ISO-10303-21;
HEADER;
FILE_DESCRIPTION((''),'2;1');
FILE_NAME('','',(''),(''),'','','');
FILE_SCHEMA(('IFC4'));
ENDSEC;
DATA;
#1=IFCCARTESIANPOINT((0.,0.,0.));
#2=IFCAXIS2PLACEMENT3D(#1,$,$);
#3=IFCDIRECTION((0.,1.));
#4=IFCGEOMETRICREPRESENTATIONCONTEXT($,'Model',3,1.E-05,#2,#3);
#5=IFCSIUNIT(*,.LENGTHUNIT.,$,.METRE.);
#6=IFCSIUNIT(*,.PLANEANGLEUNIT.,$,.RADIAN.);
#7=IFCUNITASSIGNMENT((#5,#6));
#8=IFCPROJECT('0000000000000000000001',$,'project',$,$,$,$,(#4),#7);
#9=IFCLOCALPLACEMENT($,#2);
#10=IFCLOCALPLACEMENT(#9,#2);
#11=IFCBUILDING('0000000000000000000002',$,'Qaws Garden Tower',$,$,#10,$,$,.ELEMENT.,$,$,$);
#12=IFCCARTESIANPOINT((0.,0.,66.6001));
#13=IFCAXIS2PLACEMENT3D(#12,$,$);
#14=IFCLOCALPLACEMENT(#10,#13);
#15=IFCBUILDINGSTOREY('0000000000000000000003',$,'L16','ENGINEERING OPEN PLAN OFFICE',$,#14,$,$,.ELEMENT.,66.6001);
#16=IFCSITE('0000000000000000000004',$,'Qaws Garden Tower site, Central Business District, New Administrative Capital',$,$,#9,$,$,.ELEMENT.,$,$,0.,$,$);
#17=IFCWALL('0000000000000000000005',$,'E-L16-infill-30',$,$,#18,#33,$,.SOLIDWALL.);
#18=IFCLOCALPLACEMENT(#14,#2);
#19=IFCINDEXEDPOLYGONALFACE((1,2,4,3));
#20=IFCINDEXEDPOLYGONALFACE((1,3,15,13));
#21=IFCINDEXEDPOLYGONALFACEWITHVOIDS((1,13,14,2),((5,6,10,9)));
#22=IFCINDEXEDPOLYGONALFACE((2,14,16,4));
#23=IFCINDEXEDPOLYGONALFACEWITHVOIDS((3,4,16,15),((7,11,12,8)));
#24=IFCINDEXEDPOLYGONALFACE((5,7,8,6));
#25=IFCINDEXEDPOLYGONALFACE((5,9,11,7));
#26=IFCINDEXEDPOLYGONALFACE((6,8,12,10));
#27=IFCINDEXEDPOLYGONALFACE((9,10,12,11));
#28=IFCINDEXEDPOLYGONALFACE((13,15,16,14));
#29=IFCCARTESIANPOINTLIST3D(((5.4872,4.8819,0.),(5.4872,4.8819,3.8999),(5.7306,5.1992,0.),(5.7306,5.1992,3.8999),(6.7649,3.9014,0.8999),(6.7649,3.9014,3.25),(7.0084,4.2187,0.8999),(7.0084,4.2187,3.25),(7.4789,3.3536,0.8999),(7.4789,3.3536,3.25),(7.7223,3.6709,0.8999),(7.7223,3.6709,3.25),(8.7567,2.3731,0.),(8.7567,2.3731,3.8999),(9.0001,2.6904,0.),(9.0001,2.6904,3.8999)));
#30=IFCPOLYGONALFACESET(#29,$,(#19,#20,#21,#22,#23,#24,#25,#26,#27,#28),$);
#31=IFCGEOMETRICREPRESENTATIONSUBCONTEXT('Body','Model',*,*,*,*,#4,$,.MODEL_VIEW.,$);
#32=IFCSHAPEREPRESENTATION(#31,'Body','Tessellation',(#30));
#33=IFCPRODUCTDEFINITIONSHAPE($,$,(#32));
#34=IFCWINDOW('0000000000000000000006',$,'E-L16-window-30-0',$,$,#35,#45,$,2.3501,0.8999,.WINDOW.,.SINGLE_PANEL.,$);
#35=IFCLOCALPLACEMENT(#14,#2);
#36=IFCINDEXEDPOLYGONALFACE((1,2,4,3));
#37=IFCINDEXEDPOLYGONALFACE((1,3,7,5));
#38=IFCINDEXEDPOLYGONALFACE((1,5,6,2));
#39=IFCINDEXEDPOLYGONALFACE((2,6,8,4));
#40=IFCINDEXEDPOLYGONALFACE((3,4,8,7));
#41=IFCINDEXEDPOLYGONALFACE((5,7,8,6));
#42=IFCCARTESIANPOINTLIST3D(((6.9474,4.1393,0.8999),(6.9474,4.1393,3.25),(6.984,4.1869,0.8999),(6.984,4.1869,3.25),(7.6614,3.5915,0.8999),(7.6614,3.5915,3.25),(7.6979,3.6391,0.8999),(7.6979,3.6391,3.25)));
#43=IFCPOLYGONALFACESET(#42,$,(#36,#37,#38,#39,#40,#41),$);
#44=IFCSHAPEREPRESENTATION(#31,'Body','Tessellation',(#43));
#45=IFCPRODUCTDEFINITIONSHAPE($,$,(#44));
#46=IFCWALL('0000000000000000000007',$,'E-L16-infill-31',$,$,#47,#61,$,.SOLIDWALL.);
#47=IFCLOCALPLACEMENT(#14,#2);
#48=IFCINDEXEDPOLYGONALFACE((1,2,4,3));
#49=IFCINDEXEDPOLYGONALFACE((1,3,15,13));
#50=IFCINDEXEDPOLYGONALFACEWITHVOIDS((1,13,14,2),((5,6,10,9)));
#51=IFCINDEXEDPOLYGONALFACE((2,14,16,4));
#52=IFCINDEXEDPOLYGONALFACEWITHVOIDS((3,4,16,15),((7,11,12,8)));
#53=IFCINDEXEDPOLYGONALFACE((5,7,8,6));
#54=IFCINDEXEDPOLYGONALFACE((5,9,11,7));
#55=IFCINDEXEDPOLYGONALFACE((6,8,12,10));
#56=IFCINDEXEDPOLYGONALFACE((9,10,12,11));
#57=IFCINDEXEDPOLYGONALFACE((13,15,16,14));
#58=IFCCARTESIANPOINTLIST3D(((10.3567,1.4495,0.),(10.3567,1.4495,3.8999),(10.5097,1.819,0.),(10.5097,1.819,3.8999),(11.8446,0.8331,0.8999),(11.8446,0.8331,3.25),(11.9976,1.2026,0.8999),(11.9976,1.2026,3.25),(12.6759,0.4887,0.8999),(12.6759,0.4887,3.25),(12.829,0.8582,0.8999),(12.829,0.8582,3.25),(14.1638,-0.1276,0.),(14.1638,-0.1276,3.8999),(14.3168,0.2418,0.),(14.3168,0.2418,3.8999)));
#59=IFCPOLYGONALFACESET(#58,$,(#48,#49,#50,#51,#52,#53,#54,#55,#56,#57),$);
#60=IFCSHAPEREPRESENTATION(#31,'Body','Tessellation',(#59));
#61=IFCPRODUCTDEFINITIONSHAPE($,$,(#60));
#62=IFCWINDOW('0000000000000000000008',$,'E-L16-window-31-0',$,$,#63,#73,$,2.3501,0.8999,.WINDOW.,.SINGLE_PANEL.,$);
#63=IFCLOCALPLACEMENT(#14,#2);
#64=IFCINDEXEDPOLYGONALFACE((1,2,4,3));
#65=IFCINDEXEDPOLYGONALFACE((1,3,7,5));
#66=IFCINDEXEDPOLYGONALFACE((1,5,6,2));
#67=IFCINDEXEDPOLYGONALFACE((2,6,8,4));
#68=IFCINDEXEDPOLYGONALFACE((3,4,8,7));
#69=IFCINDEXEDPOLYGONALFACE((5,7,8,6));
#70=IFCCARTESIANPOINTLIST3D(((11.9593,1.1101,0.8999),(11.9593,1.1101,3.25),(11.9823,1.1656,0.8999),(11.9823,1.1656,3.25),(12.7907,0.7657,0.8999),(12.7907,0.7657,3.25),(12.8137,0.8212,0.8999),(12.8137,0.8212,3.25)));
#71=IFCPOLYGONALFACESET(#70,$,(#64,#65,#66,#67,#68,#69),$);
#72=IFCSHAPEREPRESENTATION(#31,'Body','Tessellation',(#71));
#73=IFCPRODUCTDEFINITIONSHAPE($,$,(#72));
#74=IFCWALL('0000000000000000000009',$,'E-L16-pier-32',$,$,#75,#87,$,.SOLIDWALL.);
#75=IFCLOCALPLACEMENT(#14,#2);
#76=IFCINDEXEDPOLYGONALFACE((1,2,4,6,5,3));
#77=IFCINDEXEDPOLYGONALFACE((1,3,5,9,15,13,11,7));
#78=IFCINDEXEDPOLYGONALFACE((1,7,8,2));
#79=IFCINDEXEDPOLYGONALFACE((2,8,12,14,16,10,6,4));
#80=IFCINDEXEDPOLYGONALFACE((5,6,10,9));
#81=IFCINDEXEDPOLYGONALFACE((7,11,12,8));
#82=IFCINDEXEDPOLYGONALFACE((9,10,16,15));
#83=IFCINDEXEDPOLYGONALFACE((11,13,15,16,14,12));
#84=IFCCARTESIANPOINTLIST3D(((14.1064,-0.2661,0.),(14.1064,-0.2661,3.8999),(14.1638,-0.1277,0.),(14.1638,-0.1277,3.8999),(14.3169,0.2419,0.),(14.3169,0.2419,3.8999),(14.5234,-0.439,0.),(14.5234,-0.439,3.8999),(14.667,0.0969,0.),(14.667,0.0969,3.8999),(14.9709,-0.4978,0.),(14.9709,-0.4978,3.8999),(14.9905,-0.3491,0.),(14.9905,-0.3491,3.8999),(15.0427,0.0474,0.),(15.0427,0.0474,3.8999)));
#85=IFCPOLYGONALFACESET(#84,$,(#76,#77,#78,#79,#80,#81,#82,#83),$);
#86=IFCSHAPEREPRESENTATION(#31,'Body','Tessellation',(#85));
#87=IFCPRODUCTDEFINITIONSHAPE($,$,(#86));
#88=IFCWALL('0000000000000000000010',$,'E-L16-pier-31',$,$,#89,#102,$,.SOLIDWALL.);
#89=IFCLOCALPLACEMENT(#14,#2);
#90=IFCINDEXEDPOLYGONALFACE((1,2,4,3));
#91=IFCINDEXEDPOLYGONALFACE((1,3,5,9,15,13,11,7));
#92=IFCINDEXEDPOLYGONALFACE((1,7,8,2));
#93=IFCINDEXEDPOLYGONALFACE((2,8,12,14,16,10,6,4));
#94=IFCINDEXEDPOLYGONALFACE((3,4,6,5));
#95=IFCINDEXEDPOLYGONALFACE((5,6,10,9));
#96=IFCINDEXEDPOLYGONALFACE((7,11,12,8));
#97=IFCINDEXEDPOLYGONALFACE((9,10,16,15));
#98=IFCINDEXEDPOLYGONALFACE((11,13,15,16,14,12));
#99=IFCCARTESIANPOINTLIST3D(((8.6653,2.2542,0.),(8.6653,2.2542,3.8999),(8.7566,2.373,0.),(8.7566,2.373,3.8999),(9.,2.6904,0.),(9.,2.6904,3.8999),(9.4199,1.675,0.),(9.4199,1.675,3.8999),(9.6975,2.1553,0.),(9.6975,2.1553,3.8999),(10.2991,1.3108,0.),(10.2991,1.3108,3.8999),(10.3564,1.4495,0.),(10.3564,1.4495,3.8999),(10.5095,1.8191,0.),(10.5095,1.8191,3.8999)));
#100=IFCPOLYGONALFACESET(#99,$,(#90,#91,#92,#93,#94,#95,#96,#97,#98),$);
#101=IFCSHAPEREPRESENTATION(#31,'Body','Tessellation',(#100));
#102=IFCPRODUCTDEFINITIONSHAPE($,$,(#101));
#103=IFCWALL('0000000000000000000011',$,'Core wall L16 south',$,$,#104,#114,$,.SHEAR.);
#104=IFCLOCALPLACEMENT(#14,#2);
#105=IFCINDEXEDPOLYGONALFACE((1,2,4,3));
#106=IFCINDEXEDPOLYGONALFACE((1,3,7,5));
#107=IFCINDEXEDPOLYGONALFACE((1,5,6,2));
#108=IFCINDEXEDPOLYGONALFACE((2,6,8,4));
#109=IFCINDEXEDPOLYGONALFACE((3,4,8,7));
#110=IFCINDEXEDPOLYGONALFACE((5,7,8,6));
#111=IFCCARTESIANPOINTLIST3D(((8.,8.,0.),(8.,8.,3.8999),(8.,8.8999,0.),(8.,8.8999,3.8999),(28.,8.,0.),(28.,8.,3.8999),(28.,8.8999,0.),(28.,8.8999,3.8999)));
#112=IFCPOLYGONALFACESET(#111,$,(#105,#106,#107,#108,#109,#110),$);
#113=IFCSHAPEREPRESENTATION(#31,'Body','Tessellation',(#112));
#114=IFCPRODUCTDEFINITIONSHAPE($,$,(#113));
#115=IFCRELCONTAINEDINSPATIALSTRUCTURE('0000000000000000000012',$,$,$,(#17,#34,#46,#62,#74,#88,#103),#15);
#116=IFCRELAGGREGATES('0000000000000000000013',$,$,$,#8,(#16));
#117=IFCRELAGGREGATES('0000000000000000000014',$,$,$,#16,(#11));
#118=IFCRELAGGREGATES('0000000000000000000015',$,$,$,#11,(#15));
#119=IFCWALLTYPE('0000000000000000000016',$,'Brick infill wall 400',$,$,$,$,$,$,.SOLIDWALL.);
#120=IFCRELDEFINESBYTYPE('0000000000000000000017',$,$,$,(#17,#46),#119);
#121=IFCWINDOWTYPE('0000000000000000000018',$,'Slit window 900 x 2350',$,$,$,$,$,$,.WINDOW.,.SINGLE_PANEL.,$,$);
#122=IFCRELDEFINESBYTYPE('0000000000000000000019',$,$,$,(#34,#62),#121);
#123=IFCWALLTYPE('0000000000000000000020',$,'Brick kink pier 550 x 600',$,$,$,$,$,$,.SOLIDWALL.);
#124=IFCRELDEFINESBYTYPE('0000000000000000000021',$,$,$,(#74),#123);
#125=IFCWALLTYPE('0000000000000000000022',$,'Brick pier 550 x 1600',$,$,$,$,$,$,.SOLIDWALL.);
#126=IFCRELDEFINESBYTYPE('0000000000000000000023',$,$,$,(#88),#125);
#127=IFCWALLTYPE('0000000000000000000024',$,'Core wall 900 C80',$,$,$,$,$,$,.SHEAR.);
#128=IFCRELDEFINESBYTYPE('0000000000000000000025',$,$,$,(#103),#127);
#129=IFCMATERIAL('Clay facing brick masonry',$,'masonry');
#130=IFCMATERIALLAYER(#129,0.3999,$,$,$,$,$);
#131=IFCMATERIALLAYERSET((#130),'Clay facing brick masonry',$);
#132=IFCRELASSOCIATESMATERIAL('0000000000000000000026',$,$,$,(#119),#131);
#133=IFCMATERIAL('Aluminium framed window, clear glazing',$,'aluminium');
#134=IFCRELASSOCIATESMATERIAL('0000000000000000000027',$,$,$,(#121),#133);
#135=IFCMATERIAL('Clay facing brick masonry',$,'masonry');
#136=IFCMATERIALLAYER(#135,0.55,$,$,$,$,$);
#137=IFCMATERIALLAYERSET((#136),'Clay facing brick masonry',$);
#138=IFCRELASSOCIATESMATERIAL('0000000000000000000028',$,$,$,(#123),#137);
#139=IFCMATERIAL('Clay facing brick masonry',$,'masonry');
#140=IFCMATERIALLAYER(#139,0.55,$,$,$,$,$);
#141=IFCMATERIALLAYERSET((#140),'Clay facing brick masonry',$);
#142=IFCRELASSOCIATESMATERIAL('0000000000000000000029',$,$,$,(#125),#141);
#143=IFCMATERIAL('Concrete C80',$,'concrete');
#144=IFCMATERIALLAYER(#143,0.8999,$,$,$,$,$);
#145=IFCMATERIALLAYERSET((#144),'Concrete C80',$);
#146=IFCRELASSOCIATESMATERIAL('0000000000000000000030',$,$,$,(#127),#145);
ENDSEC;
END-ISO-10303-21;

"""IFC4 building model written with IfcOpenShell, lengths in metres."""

from ifc_helpers import new_model, si_unit, direction, frame, frame_2d, origin, place, context, subcontext, project, spatial, polyline, rectangle, outline, extrude, material, layer, layer_set, type_object, element, fill, save


model = new_model("IFC4")

# Units and contexts
model_context = context("Model", 3, precision=1e-05, world=origin(), true_north=direction((0.0, 1.0)))
body_context = subcontext(model_context, "Body", "Model", "MODEL_VIEW")
ifc_project = project(units=[si_unit("LENGTHUNIT", "METRE"), si_unit("PLANEANGLEUNIT", "RADIAN")], contexts=[model_context])

# Site, building, storey
site_placement = place(None, origin())
site = spatial("IfcSite", under=ifc_project, at=site_placement, Name="Qaws Garden Tower site, Central Business District, New Administrative Capital", CompositionType="ELEMENT", RefElevation=0.0)
building_placement = place(site_placement, origin())
building = spatial("IfcBuilding", under=site, at=building_placement, Name="Qaws Garden Tower", CompositionType="ELEMENT")
storey_placement = place(building_placement, frame((0.0, 0.0, 66.6001)))
storey = spatial("IfcBuildingStorey", under=building, at=storey_placement, Name="L16", Description="ENGINEERING OPEN PLAN OFFICE", CompositionType="ELEMENT", Elevation=66.6001)

# Shared definitions
placement_1 = place(storey_placement, origin())

# Walls, openings, windows
ifc_material_1 = material(Name="Clay facing brick masonry", Category="masonry")
ifc_layer_1 = layer(ifc_material_1, 0.3999)
ifc_layer_set_1 = layer_set([ifc_layer_1], Name="Clay facing brick masonry")
wall_type_1 = type_object("IfcWallType", Name="Brick infill wall 400", PredefinedType="SOLIDWALL", material=ifc_layer_set_1)
ifc_material_2 = material(Name="Aluminium framed window, clear glazing", Category="aluminium")
window_type = type_object("IfcWindowType", Name="Slit window 900 x 2350", PartitioningType="SINGLE_PANEL", PredefinedType="WINDOW", material=ifc_material_2)
wall_1_placement = place(storey_placement, frame((5.6089, 5.0405, 0.0), z_axis=(0.0, 0.0, 1.0), x_axis=(0.793355, -0.60876, 0.0)))
wall_1 = element("IfcWall", 1, at=wall_1_placement, inside=storey, type_object=wall_type_1, Name="E-L16-infill-30", PredefinedType="SOLIDWALL", context=body_context, shape_type="SweptSolid", body=[
    extrude(rectangle(XDim=4.1211, YDim=0.3999, at=frame_2d((2.0605, 0.0))), origin(), (0.0, 0.0, 1.0), 3.8999),
])
opening_1_placement = place(wall_1_placement, frame((1.6106, 0.0, 0.8999)))
opening_1 = element("IfcOpeningElement", 2, at=opening_1_placement, cuts=wall_1, PredefinedType="OPENING", context=body_context, shape_type="SweptSolid", body=[
    extrude(rectangle(XDim=0.8999, YDim=2.3501, at=frame_2d((0.45, 1.175))), frame((0.0, 0.21, 0.0), z_axis=(0.0, -1.0, 0.0), x_axis=(1.0, 0.0, 0.0)), (0.0, 0.0, 1.0), 0.4199),
])
window_1_placement = place(opening_1_placement, origin())
window_1 = element("IfcWindow", 3, at=window_1_placement, inside=storey, type_object=window_type, Name="E-L16-window-30-0", OverallHeight=2.3501, OverallWidth=0.8999, PartitioningType="SINGLE_PANEL", PredefinedType="WINDOW", context=body_context, shape_type="SweptSolid", body=[
    extrude(rectangle(XDim=0.8999, YDim=2.3501, at=frame_2d((0.45, 1.175))), frame((0.0, 0.1599, 0.0), z_axis=(0.0, -1.0, 0.0), x_axis=(1.0, 0.0, 0.0)), (0.0, 0.0, 1.0), 0.0601),
])
fill(opening_1, window_1)
wall_2_placement = place(storey_placement, frame((10.4331, 1.6343, 0.0), z_axis=(0.0, 0.0, 1.0), x_axis=(0.923864, -0.382722, 0.0)))
wall_2 = element("IfcWall", 4, at=wall_2_placement, inside=storey, type_object=wall_type_1, Name="E-L16-infill-31", PredefinedType="SOLIDWALL", context=body_context, shape_type="SweptSolid", body=[
    extrude(rectangle(XDim=4.1208, YDim=0.3999, at=frame_2d((2.0605, 0.0))), origin(), (0.0, 0.0, 1.0), 3.8999),
])
opening_2_placement = place(wall_2_placement, frame((1.6106, 0.0, 0.8999)))
opening_2 = element("IfcOpeningElement", 5, at=opening_2_placement, cuts=wall_2, PredefinedType="OPENING", context=body_context, shape_type="SweptSolid", body=[
    extrude(rectangle(XDim=0.8999, YDim=2.3501, at=frame_2d((0.45, 1.175))), frame((0.0, 0.21, 0.0), z_axis=(0.0, -1.0, 0.0), x_axis=(1.0, 0.0, 0.0)), (0.0, 0.0, 1.0), 0.4199),
])
window_2_placement = place(opening_2_placement, origin())
window_2 = element("IfcWindow", 6, at=window_2_placement, inside=storey, type_object=window_type, Name="E-L16-window-31-0", OverallHeight=2.3501, OverallWidth=0.8999, PartitioningType="SINGLE_PANEL", PredefinedType="WINDOW", context=body_context, shape_type="SweptSolid", body=[
    extrude(rectangle(XDim=0.8999, YDim=2.3501, at=frame_2d((0.45, 1.175))), frame((0.0, 0.1599, 0.0), z_axis=(0.0, -1.0, 0.0), x_axis=(1.0, 0.0, 0.0)), (0.0, 0.0, 1.0), 0.0601),
])
fill(opening_2, window_2)

# Walls
ifc_material_3 = material(Name="Clay facing brick masonry", Category="masonry")
ifc_layer_2 = layer(ifc_material_3, 0.55)
ifc_layer_set_2 = layer_set([ifc_layer_2], Name="Clay facing brick masonry")
wall_type_2 = type_object("IfcWallType", Name="Brick kink pier 550 x 600", PredefinedType="SOLIDWALL", material=ifc_layer_set_2)
element("IfcWall", 7, at=placement_1, inside=storey, type_object=wall_type_2, Name="E-L16-pier-32", PredefinedType="SOLIDWALL", context=body_context, shape_type="SweptSolid", body=[
    extrude(outline(polyline([(14.1638, -0.1277), (14.1064, -0.2661), (14.5234, -0.439), (14.9709, -0.4978), (14.9905, -0.3491), (15.0427, 0.0474), (14.667, 0.0969), (14.3169, 0.2419), (14.1638, -0.1277)])), origin(), (0.0, 0.0, 1.0), 3.8999),
])
ifc_material_4 = material(Name="Clay facing brick masonry", Category="masonry")
ifc_layer_3 = layer(ifc_material_4, 0.55)
ifc_layer_set_3 = layer_set([ifc_layer_3], Name="Clay facing brick masonry")
wall_type_3 = type_object("IfcWallType", Name="Brick pier 550 x 1600", PredefinedType="SOLIDWALL", material=ifc_layer_set_3)
element("IfcWall", 8, at=placement_1, inside=storey, type_object=wall_type_3, Name="E-L16-pier-31", PredefinedType="SOLIDWALL", context=body_context, shape_type="SweptSolid", body=[
    extrude(outline(polyline([(8.7566, 2.373), (8.6653, 2.2542), (9.4199, 1.675), (10.2991, 1.3108), (10.3564, 1.4495), (10.5095, 1.8191), (9.6975, 2.1553), (9.0, 2.6904), (8.7566, 2.373)])), origin(), (0.0, 0.0, 1.0), 3.8999),
])
ifc_material_5 = material(Name="Concrete C80", Category="concrete")
ifc_layer_4 = layer(ifc_material_5, 0.8999)
ifc_layer_set_4 = layer_set([ifc_layer_4], Name="Concrete C80")
wall_type_4 = type_object("IfcWallType", Name="Core wall 900 C80", PredefinedType="SHEAR", material=ifc_layer_set_4)
wall_3_placement = place(storey_placement, frame((8.0, 8.45, 0.0), z_axis=(0.0, 0.0, 1.0), x_axis=(1.0, 0.0, 0.0)))
element("IfcWall", 9, at=wall_3_placement, inside=storey, type_object=wall_type_4, Name="Core wall L16 south", PredefinedType="SHEAR", context=body_context, shape_type="SweptSolid", body=[
    extrude(rectangle(XDim=20.0, YDim=0.8999, at=frame_2d((10.0, 0.0))), origin(), (0.0, 0.0, 1.0), 3.8999),
])

save(model, "model.ifc")
